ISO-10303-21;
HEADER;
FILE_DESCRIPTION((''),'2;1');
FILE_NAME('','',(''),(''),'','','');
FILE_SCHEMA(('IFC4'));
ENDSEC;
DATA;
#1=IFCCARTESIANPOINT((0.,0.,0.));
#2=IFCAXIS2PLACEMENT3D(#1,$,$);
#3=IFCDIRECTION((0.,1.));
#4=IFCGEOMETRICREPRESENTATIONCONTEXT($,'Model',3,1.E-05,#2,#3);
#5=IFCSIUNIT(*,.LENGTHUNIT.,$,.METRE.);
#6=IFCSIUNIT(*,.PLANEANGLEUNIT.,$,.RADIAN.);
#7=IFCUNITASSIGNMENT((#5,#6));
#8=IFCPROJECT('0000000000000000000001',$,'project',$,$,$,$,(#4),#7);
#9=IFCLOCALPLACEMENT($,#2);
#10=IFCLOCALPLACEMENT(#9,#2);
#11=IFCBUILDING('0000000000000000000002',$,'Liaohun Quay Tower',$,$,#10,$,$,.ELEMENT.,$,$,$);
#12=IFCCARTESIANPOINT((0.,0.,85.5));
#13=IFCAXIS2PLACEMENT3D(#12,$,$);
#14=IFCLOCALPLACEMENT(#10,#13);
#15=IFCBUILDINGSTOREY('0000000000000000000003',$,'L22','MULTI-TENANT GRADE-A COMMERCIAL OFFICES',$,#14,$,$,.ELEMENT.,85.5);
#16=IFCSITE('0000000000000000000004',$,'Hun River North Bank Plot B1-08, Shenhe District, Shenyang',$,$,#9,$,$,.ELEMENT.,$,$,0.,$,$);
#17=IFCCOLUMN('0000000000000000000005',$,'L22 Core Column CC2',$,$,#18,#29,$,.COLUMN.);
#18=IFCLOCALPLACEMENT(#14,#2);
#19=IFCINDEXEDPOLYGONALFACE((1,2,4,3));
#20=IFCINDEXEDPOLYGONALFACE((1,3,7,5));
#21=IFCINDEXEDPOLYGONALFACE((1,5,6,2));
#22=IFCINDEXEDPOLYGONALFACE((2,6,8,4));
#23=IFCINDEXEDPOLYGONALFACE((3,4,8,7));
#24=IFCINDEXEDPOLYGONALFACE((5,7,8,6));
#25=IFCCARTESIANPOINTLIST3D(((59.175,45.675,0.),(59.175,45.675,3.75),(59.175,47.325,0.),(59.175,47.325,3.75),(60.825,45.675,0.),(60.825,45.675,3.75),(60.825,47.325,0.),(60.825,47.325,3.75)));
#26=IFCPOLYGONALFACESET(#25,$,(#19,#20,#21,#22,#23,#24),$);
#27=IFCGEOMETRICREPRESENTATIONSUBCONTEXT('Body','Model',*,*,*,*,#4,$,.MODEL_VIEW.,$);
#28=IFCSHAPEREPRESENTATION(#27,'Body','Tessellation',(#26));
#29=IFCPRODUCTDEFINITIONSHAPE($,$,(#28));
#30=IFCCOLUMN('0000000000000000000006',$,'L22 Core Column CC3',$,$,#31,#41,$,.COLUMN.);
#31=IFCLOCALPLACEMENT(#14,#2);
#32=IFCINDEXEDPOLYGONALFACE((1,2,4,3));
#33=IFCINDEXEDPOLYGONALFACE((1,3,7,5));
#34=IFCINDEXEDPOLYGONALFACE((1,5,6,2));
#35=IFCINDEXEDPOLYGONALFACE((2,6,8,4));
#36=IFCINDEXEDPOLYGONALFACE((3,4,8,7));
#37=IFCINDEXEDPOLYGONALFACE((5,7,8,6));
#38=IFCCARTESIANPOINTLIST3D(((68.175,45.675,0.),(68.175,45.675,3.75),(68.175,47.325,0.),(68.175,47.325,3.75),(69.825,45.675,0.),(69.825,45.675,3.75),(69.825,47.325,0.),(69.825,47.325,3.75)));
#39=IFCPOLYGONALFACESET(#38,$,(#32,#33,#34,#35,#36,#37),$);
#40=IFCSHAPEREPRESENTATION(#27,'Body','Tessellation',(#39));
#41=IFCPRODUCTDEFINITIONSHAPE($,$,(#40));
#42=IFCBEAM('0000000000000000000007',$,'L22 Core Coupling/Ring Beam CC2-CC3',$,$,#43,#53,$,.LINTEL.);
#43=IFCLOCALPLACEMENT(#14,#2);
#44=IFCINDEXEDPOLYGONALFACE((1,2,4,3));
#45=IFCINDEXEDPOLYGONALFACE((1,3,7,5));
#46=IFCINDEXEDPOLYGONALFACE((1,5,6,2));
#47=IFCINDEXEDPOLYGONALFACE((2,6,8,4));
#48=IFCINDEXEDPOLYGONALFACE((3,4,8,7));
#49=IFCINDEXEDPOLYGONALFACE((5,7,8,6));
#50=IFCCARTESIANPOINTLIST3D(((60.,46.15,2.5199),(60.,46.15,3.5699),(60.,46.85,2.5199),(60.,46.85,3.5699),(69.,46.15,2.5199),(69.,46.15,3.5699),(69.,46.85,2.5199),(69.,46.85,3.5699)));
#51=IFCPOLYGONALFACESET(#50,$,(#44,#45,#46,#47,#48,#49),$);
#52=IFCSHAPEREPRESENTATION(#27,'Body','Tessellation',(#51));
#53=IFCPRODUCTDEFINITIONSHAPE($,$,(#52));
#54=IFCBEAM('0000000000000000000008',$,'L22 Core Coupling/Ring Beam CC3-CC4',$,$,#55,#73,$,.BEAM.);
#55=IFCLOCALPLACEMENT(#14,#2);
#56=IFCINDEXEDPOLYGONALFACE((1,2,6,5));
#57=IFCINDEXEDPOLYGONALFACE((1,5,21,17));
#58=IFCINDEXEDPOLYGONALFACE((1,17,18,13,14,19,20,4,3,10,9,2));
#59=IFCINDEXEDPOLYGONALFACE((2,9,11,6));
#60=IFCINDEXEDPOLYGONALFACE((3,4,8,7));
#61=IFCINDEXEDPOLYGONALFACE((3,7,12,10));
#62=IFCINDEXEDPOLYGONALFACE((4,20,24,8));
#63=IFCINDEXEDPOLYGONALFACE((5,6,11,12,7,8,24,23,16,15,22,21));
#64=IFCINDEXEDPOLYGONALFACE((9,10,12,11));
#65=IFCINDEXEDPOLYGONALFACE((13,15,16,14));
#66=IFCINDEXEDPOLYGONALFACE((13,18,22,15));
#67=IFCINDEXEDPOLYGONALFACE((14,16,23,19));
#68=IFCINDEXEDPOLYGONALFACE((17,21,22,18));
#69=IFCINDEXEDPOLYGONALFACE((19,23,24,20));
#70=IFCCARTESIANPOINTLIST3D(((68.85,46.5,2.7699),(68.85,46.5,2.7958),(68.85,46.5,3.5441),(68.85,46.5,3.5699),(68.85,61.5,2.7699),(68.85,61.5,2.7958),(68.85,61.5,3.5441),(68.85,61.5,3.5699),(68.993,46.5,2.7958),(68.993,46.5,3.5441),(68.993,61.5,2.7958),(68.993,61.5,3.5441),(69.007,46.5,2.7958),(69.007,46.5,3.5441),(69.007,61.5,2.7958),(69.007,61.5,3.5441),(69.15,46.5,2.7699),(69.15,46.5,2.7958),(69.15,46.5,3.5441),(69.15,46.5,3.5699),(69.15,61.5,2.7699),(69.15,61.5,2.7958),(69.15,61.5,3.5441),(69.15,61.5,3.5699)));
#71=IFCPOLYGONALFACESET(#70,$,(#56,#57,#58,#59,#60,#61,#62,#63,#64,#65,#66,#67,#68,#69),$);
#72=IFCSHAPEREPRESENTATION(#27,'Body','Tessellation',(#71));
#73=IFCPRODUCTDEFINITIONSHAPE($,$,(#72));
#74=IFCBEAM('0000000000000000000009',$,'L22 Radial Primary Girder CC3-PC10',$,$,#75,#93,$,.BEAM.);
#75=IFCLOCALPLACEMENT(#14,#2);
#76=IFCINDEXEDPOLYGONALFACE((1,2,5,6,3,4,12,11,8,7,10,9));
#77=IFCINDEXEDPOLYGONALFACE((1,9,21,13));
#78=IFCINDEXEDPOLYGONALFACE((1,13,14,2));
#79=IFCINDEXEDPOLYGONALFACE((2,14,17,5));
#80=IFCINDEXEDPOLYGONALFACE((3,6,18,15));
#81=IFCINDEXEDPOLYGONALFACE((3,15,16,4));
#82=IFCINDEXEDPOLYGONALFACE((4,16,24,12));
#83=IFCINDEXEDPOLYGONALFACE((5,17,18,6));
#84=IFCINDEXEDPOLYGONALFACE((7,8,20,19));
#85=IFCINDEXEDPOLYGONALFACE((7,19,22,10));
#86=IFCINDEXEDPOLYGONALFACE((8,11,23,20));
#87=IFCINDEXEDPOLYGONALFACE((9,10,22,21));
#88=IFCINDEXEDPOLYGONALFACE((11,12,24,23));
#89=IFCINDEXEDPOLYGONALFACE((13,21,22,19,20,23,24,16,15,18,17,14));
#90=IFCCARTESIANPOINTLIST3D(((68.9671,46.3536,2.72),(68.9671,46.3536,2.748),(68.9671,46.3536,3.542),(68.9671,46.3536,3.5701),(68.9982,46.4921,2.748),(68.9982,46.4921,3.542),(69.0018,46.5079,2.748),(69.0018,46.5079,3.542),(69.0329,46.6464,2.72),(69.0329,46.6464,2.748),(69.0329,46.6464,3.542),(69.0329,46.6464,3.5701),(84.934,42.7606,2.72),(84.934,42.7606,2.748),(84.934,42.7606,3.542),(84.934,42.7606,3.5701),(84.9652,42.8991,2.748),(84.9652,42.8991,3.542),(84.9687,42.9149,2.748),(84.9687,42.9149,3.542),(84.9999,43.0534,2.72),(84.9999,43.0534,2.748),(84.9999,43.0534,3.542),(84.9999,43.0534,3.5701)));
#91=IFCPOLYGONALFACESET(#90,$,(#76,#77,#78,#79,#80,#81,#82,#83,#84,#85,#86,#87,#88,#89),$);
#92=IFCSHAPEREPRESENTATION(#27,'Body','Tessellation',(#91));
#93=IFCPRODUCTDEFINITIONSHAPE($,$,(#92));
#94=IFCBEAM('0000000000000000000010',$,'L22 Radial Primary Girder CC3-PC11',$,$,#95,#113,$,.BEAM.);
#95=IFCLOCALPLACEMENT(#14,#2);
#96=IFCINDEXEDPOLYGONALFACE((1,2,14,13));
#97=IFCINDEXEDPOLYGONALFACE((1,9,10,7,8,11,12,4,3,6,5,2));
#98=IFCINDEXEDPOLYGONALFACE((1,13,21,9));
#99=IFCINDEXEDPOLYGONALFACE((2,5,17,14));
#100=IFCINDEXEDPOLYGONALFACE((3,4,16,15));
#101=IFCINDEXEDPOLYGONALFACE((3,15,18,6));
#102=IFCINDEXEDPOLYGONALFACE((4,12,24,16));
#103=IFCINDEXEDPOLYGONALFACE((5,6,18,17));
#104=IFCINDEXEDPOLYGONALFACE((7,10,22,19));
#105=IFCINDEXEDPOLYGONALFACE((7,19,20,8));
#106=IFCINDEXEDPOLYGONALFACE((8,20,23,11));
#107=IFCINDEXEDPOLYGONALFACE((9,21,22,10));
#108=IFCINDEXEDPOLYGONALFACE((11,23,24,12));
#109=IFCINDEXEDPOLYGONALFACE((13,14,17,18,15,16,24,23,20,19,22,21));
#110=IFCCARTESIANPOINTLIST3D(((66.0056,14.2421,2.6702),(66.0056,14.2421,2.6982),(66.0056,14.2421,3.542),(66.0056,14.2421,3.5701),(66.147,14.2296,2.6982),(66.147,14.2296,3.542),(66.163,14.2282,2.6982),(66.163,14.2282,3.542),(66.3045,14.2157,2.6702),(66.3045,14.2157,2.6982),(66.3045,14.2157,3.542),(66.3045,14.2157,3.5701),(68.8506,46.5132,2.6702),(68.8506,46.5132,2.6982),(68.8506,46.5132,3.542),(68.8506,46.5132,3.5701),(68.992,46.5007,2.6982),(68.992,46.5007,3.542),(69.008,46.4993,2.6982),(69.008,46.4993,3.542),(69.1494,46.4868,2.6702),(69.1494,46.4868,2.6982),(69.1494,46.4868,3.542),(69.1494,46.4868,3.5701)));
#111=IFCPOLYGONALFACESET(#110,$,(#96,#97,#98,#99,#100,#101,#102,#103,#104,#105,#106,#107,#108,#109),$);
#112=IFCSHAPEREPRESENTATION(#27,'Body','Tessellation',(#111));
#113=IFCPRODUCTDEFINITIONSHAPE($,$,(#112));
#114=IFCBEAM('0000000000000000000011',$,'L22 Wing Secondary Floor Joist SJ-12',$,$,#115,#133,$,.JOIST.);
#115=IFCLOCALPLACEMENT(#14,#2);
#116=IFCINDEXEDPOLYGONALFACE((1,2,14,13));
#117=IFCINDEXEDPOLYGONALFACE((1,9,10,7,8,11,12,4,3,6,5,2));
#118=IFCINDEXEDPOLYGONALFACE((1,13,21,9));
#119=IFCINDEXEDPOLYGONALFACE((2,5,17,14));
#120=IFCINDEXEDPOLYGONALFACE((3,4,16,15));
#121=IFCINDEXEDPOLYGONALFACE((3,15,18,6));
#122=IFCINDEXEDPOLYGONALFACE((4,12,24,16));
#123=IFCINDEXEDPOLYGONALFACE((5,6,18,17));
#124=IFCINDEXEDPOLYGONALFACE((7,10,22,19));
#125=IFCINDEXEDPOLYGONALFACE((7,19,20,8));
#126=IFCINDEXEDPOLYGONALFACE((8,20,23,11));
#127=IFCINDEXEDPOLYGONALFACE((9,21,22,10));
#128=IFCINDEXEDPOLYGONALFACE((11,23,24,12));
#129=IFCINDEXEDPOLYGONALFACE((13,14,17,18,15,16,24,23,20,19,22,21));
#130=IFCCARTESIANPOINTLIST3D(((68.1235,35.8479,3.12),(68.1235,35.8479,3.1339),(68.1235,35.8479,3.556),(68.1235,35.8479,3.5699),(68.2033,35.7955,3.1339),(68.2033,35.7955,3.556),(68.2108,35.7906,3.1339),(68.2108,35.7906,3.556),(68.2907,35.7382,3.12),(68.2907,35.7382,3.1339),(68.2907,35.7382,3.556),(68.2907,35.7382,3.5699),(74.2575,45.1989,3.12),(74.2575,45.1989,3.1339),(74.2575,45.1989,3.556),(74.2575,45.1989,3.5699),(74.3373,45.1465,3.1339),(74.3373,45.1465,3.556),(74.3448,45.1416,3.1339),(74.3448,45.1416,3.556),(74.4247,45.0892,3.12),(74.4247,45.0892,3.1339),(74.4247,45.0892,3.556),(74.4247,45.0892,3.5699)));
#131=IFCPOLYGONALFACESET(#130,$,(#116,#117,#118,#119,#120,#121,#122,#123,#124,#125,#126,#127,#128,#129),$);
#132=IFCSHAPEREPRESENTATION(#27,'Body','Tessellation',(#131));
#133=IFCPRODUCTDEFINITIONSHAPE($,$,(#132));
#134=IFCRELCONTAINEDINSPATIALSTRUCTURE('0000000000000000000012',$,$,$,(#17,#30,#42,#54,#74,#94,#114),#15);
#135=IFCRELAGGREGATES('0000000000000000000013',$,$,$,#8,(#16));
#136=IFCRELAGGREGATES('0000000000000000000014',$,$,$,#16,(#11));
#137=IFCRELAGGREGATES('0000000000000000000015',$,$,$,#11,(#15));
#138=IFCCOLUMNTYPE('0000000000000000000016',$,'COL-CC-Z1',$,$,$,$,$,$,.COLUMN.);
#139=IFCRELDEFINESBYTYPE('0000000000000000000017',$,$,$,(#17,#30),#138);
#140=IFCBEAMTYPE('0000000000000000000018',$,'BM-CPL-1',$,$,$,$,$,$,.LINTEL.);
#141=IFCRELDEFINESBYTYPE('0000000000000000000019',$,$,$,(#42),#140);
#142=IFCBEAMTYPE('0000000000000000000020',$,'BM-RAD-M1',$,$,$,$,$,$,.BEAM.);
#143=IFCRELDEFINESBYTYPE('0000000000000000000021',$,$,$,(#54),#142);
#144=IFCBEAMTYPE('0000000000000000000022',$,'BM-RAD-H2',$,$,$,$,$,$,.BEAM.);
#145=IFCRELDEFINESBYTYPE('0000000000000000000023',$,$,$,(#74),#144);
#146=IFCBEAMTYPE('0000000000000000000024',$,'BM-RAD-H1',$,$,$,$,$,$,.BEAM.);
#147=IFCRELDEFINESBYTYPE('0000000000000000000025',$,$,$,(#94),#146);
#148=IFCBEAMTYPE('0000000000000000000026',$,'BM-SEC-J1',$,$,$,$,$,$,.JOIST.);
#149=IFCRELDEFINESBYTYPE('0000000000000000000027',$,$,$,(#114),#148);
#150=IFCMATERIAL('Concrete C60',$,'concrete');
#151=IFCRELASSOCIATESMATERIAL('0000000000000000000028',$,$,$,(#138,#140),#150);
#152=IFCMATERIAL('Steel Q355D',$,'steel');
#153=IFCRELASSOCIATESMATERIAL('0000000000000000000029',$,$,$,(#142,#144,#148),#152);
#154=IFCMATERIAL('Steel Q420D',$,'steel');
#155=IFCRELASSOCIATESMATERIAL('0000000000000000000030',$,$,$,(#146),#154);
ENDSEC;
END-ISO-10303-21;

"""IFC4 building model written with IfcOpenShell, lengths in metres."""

from ifc_helpers import new_model, si_unit, direction, frame, origin, origin_2d, place, context, subcontext, project, spatial, rectangle, i_section, extrude, source, transform, mapped, material, material_profile, profile_set, type_object, element, save


model = new_model("IFC4")

# Units and contexts
model_context = context("Model", 3, precision=1e-05, world=origin(), true_north=direction((0.0, 1.0)))
body_context = subcontext(model_context, "Body", "Model", "MODEL_VIEW")
ifc_project = project(units=[si_unit("LENGTHUNIT", "METRE"), si_unit("PLANEANGLEUNIT", "RADIAN")], contexts=[model_context])

# Site, building, storey
site_placement = place(None, origin())
site = spatial("IfcSite", under=ifc_project, at=site_placement, Name="Hun River North Bank Plot B1-08, Shenhe District, Shenyang", CompositionType="ELEMENT", RefElevation=0.0)
building_placement = place(site_placement, origin())
building = spatial("IfcBuilding", under=site, at=building_placement, Name="Liaohun Quay Tower", CompositionType="ELEMENT")
storey_placement = place(building_placement, frame((0.0, 0.0, 85.5)))
storey = spatial("IfcBuildingStorey", under=building, at=storey_placement, Name="L22", Description="MULTI-TENANT GRADE-A COMMERCIAL OFFICES", CompositionType="ELEMENT", Elevation=85.5)

# Columns
ifc_material_1 = material(Name="Concrete C60", Category="concrete")
ifc_material_profile_1 = material_profile(ifc_material_1, rectangle(XDim=1.6499, YDim=1.6499, at=origin_2d()), Name="RC1650x1650")
ifc_profile_set_1 = profile_set([ifc_material_profile_1], Name="Concrete C60")
column_type = type_object("IfcColumnType", Name="COL-CC-Z1", PredefinedType="COLUMN", material=ifc_profile_set_1)
shared_shape_1 = source(origin(), body_context, "Body", "SweptSolid", [
    extrude(rectangle(XDim=1.6499, YDim=1.6499, at=origin_2d()), origin(), (0.0, 0.0, 1.0), 3.75),
])
for number, where, z_axis, x_axis, name in (
    (1, (60.0, 46.5, 0.0), (0.0, 0.0, 1.0), (1.0, 0.0, 0.0), "L22 Core Column CC2"),
    (2, (69.0, 46.5, 0.0), (0.0, 0.0, 1.0), (1.0, 0.0, 0.0), "L22 Core Column CC3"),
):
    element("IfcColumn", number, at=place(storey_placement, frame(where, z_axis=z_axis, x_axis=x_axis)), inside=storey, type_object=column_type, Name=name, PredefinedType="COLUMN", context=body_context, shape_type="MappedRepresentation", body=[
        mapped(shared_shape_1, transform((0.0, 0.0, 0.0), x_axis=(1.0, 0.0, 0.0), y_axis=(0.0, 1.0, 0.0), z_axis=(0.0, 0.0, 1.0), scale=1.0)),
    ])

# Beams
ifc_material_profile_2 = material_profile(ifc_material_1, rectangle(XDim=0.7, YDim=1.05, at=origin_2d()), Name="RC700x1050")
ifc_profile_set_2 = profile_set([ifc_material_profile_2], Name="Concrete C60")
beam_type_1 = type_object("IfcBeamType", Name="BM-CPL-1", PredefinedType="LINTEL", material=ifc_profile_set_2)
shared_shape_2 = source(origin(), body_context, "Body", "SweptSolid", [
    extrude(rectangle(XDim=0.7, YDim=1.05, at=origin_2d()), origin(), (0.0, 0.0, 1.0), 9.0),
])
beam_1_placement = place(storey_placement, frame((60.0, 46.5, 3.0449), z_axis=(1.0, 0.0, 0.0), x_axis=(0.0, 1.0, 0.0)))
element("IfcBeam", 3, at=beam_1_placement, inside=storey, type_object=beam_type_1, Name="L22 Core Coupling/Ring Beam CC2-CC3", PredefinedType="LINTEL", context=body_context, shape_type="MappedRepresentation", body=[
    mapped(shared_shape_2, transform((0.0, 0.0, 0.0), x_axis=(1.0, 0.0, 0.0), y_axis=(0.0, 1.0, 0.0), z_axis=(0.0, 0.0, 1.0), scale=1.0)),
])
ifc_material_2 = material(Name="Steel Q355D", Category="steel")
ifc_material_profile_3 = material_profile(ifc_material_2, i_section(OverallWidth=0.3, OverallDepth=0.8, WebThickness=0.0139, FlangeThickness=0.0259, at=origin_2d()), Name="HN800x300x14x26")
ifc_profile_set_3 = profile_set([ifc_material_profile_3], Name="Steel Q355D")
beam_type_2 = type_object("IfcBeamType", Name="BM-RAD-M1", PredefinedType="BEAM", material=ifc_profile_set_3)
shared_shape_3 = source(origin(), body_context, "Body", "SweptSolid", [
    extrude(i_section(OverallWidth=0.3, OverallDepth=0.8, WebThickness=0.0139, FlangeThickness=0.0259, at=origin_2d()), origin(), (0.0, 0.0, 1.0), 15.0),
])
beam_2_placement = place(storey_placement, frame((69.0, 46.5, 3.1699), z_axis=(0.0, 1.0, 0.0), x_axis=(-1.0, 0.0, 0.0)))
element("IfcBeam", 4, at=beam_2_placement, inside=storey, type_object=beam_type_2, Name="L22 Core Coupling/Ring Beam CC3-CC4", PredefinedType="BEAM", context=body_context, shape_type="MappedRepresentation", body=[
    mapped(shared_shape_3, transform((0.0, 0.0, 0.0), x_axis=(1.0, 0.0, 0.0), y_axis=(0.0, 1.0, 0.0), z_axis=(0.0, 0.0, 1.0), scale=1.0)),
])
ifc_material_profile_4 = material_profile(ifc_material_2, i_section(OverallWidth=0.3, OverallDepth=0.8501, WebThickness=0.0161, FlangeThickness=0.0281, at=origin_2d()), Name="HN850x300x16x28")
ifc_profile_set_4 = profile_set([ifc_material_profile_4], Name="Steel Q355D")
beam_type_3 = type_object("IfcBeamType", Name="BM-RAD-H2", PredefinedType="BEAM", material=ifc_profile_set_4)
shared_shape_4 = source(origin(), body_context, "Body", "SweptSolid", [
    extrude(i_section(OverallWidth=0.3, OverallDepth=0.8501, WebThickness=0.0161, FlangeThickness=0.0281, at=origin_2d()), origin(), (0.0, 0.0, 1.0), 16.3662),
])
beam_3_placement = place(storey_placement, frame((69.0, 46.5, 3.145), z_axis=(0.975604, -0.219537, 0.0), x_axis=(0.219537, 0.975604, 0.0)))
element("IfcBeam", 5, at=beam_3_placement, inside=storey, type_object=beam_type_3, Name="L22 Radial Primary Girder CC3-PC10", PredefinedType="BEAM", context=body_context, shape_type="MappedRepresentation", body=[
    mapped(shared_shape_4, transform((0.0, 0.0, 0.0), x_axis=(1.0, 0.0, 0.0), y_axis=(0.0, 1.0, 0.0), z_axis=(0.0, 0.0, 1.0), scale=1.0)),
])
ifc_material_3 = material(Name="Steel Q420D", Category="steel")
ifc_material_profile_5 = material_profile(ifc_material_3, i_section(OverallWidth=0.3, OverallDepth=0.8999, WebThickness=0.0161, FlangeThickness=0.0281, at=origin_2d()), Name="HN900x300x16x28")
ifc_profile_set_5 = profile_set([ifc_material_profile_5], Name="Steel Q420D")
beam_type_4 = type_object("IfcBeamType", Name="BM-RAD-H1", PredefinedType="BEAM", material=ifc_profile_set_5)
shared_shape_5 = source(origin(), body_context, "Body", "SweptSolid", [
    extrude(i_section(OverallWidth=0.3, OverallDepth=0.8999, WebThickness=0.0161, FlangeThickness=0.0281, at=origin_2d()), origin(), (0.0, 0.0, 1.0), 32.3962),
])
beam_4_placement = place(storey_placement, frame((69.0, 46.5, 3.1201), z_axis=(-0.087818, -0.996137, 0.0), x_axis=(0.996137, -0.087818, 0.0)))
element("IfcBeam", 6, at=beam_4_placement, inside=storey, type_object=beam_type_4, Name="L22 Radial Primary Girder CC3-PC11", PredefinedType="BEAM", context=body_context, shape_type="MappedRepresentation", body=[
    mapped(shared_shape_5, transform((0.0, 0.0, 0.0), x_axis=(1.0, 0.0, 0.0), y_axis=(0.0, 1.0, 0.0), z_axis=(0.0, 0.0, 1.0), scale=1.0)),
])
ifc_material_profile_6 = material_profile(ifc_material_2, i_section(OverallWidth=0.2, OverallDepth=0.45, WebThickness=0.009, FlangeThickness=0.0139, at=origin_2d()), Name="HN450x200x9x14")
ifc_profile_set_6 = profile_set([ifc_material_profile_6], Name="Steel Q355D")
beam_type_5 = type_object("IfcBeamType", Name="BM-SEC-J1", PredefinedType="JOIST", material=ifc_profile_set_6)
shared_shape_6 = source(origin(), body_context, "Body", "SweptSolid", [
    extrude(i_section(OverallWidth=0.2, OverallDepth=0.45, WebThickness=0.009, FlangeThickness=0.0139, at=origin_2d()), origin(), (0.0, 0.0, 1.0), 11.1833),
])
beam_5_placement = place(storey_placement, frame((74.3411, 45.144, 3.345), z_axis=(-0.548493, -0.836155, 0.0), x_axis=(0.836155, -0.548493, 0.0)))
element("IfcBeam", 7, at=beam_5_placement, inside=storey, type_object=beam_type_5, Name="L22 Wing Secondary Floor Joist SJ-12", PredefinedType="JOIST", context=body_context, shape_type="MappedRepresentation", body=[
    mapped(shared_shape_6, transform((0.0, 0.0, 0.0), x_axis=(1.0, 0.0, 0.0), y_axis=(0.0, 1.0, 0.0), z_axis=(0.0, 0.0, 1.0), scale=1.0)),
])

save(model, "model.ifc")
